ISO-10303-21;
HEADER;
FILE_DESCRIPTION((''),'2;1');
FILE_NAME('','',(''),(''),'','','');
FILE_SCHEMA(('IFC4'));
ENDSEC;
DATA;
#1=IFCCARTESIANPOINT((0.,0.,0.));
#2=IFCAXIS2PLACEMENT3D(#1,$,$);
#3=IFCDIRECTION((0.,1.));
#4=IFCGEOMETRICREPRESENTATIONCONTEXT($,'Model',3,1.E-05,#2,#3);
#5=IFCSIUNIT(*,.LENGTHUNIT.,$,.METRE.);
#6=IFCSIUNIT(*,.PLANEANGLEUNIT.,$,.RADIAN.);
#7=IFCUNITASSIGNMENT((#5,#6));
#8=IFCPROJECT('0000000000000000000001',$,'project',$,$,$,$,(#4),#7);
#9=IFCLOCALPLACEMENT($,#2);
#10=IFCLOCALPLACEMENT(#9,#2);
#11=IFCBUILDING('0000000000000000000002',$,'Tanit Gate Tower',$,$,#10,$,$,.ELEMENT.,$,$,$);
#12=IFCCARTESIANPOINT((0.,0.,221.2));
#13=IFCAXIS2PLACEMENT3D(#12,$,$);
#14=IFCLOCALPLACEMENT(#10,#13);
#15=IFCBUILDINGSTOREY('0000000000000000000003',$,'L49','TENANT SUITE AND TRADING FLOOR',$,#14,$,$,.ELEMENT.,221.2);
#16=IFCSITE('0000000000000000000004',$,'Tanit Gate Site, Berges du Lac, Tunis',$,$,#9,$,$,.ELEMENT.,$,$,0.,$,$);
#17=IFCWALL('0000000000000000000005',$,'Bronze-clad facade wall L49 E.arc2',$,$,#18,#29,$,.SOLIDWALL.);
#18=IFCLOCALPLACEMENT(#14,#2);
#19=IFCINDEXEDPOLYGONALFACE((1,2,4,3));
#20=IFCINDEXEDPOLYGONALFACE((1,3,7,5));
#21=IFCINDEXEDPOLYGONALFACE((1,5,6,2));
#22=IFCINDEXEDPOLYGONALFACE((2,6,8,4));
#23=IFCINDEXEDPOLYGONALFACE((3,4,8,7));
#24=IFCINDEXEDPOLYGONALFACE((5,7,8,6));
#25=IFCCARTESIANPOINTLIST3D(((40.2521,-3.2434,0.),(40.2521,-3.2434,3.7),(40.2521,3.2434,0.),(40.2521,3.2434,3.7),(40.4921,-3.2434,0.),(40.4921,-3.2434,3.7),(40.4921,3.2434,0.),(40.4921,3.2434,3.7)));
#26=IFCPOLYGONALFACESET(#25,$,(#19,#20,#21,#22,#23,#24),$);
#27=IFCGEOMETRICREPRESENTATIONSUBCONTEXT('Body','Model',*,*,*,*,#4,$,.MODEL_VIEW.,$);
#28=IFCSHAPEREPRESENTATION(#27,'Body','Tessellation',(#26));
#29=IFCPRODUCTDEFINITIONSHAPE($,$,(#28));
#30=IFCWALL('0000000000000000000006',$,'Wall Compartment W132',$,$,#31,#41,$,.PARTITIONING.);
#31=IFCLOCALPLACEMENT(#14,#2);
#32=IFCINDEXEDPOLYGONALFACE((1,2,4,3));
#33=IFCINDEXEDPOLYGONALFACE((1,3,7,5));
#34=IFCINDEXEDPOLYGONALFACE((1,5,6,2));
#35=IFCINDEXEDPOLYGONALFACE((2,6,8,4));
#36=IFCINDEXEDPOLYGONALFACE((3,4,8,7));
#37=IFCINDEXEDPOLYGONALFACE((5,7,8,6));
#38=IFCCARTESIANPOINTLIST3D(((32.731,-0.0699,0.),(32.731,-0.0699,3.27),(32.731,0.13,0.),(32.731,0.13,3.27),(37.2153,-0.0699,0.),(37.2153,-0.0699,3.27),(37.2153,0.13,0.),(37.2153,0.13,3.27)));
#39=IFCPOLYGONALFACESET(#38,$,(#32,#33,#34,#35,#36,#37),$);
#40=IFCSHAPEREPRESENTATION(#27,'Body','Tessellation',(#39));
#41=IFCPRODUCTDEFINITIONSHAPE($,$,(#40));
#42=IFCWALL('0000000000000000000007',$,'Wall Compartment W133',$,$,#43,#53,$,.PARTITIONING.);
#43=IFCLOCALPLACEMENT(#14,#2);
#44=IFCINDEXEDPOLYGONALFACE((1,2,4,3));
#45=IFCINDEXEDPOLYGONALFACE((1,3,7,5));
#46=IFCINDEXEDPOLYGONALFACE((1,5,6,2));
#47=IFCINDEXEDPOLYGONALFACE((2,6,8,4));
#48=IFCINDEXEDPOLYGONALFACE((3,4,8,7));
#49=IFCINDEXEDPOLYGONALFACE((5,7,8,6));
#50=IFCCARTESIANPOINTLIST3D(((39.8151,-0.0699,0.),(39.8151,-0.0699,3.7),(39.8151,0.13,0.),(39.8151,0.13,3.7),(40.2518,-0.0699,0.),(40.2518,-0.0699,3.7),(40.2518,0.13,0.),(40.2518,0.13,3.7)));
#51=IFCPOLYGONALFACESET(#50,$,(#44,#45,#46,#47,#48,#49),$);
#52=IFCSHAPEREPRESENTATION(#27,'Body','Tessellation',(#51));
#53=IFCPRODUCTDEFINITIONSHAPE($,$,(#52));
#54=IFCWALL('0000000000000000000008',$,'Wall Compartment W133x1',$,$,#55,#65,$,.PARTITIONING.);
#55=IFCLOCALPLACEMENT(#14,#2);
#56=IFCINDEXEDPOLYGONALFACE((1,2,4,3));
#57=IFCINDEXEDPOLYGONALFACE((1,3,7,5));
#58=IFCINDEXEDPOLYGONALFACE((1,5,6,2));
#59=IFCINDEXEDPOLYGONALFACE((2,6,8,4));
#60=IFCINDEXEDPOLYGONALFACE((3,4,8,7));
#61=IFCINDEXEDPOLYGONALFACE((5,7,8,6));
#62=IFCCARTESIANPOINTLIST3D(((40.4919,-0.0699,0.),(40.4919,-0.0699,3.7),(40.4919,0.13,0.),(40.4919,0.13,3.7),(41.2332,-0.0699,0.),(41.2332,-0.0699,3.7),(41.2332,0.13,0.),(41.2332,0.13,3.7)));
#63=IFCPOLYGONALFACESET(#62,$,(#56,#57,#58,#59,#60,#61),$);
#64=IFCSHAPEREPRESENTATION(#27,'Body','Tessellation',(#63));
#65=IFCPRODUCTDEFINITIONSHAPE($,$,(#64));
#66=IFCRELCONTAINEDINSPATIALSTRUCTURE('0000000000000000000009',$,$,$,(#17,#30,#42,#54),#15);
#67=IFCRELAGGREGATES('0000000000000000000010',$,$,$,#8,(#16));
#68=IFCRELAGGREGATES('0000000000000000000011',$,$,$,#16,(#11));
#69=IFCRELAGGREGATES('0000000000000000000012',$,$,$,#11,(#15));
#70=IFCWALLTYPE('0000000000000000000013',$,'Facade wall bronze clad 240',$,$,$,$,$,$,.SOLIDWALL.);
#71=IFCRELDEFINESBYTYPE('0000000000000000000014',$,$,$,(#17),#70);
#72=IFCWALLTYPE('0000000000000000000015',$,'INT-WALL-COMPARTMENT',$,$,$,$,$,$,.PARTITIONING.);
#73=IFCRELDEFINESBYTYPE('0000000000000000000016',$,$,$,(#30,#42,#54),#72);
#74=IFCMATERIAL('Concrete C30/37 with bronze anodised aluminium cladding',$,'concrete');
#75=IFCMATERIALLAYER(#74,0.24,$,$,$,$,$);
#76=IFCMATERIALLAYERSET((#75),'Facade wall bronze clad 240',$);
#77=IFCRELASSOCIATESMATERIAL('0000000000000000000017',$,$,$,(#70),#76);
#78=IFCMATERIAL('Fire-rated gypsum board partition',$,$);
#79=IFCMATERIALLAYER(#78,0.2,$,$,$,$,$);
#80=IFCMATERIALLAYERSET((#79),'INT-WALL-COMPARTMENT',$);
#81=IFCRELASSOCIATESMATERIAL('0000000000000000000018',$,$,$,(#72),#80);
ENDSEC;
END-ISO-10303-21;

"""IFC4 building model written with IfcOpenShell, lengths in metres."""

from ifc_helpers import new_model, si_unit, direction, frame, frame_2d, origin, place, context, subcontext, project, spatial, rectangle, extrude, material, layer, layer_set, type_object, element, save


model = new_model("IFC4")

# Units and contexts
model_context = context("Model", 3, precision=1e-05, world=origin(), true_north=direction((0.0, 1.0)))
body_context = subcontext(model_context, "Body", "Model", "MODEL_VIEW")
ifc_project = project(units=[si_unit("LENGTHUNIT", "METRE"), si_unit("PLANEANGLEUNIT", "RADIAN")], contexts=[model_context])

# Site, building, storey
site_placement = place(None, origin())
site = spatial("IfcSite", under=ifc_project, at=site_placement, Name="Tanit Gate Site, Berges du Lac, Tunis", CompositionType="ELEMENT", RefElevation=0.0)
building_placement = place(site_placement, origin())
building = spatial("IfcBuilding", under=site, at=building_placement, Name="Tanit Gate Tower", CompositionType="ELEMENT")
storey_placement = place(building_placement, frame((0.0, 0.0, 221.2)))
storey = spatial("IfcBuildingStorey", under=building, at=storey_placement, Name="L49", Description="TENANT SUITE AND TRADING FLOOR", CompositionType="ELEMENT", Elevation=221.2)

# Walls
ifc_material_1 = material(Name="Concrete C30/37 with bronze anodised aluminium cladding", Category="concrete")
ifc_layer_1 = layer(ifc_material_1, 0.24)
ifc_layer_set_1 = layer_set([ifc_layer_1], Name="Facade wall bronze clad 240")
wall_type_1 = type_object("IfcWallType", Name="Facade wall bronze clad 240", PredefinedType="SOLIDWALL", material=ifc_layer_set_1)
wall_1_placement = place(storey_placement, frame((40.3721, -3.2434, 0.0), z_axis=(0.0, 0.0, 1.0), x_axis=(0.0, 1.0, 0.0)))
element("IfcWall", 1, at=wall_1_placement, inside=storey, type_object=wall_type_1, Name="Bronze-clad facade wall L49 E.arc2", PredefinedType="SOLIDWALL", context=body_context, shape_type="SweptSolid", body=[
    extrude(rectangle(XDim=6.4868, YDim=0.24, at=frame_2d((3.2434, 0.0))), origin(), (0.0, 0.0, 1.0), 3.7),
])
ifc_material_2 = material(Name="Fire-rated gypsum board partition")
ifc_layer_2 = layer(ifc_material_2, 0.2)
ifc_layer_set_2 = layer_set([ifc_layer_2], Name="INT-WALL-COMPARTMENT")
wall_type_2 = type_object("IfcWallType", Name="INT-WALL-COMPARTMENT", PredefinedType="PARTITIONING", material=ifc_layer_set_2)
wall_2_placement = place(storey_placement, frame((32.731, 0.03, 0.0), z_axis=(0.0, 0.0, 1.0), x_axis=(1.0, 0.0, 0.0)))
element("IfcWall", 2, at=wall_2_placement, inside=storey, type_object=wall_type_2, Name="Wall Compartment W132", PredefinedType="PARTITIONING", context=body_context, shape_type="SweptSolid", body=[
    extrude(rectangle(XDim=4.4844, YDim=0.2, at=frame_2d((2.2422, 0.0))), origin(), (0.0, 0.0, 1.0), 3.27),
])
wall_3_placement = place(storey_placement, frame((39.8152, 0.03, 0.0), z_axis=(0.0, 0.0, 1.0), x_axis=(1.0, 0.0, 0.0)))
element("IfcWall", 3, at=wall_3_placement, inside=storey, type_object=wall_type_2, Name="Wall Compartment W133", PredefinedType="PARTITIONING", context=body_context, shape_type="SweptSolid", body=[
    extrude(rectangle(XDim=0.4368, YDim=0.2, at=frame_2d((0.2183, 0.0))), origin(), (0.0, 0.0, 1.0), 3.7),
])
wall_4_placement = place(storey_placement, frame((40.4919, 0.03, 0.0), z_axis=(0.0, 0.0, 1.0), x_axis=(1.0, 0.0, 0.0)))
element("IfcWall", 4, at=wall_4_placement, inside=storey, type_object=wall_type_2, Name="Wall Compartment W133x1", PredefinedType="PARTITIONING", context=body_context, shape_type="SweptSolid", body=[
    extrude(rectangle(XDim=0.7412, YDim=0.2, at=frame_2d((0.3706, 0.0))), origin(), (0.0, 0.0, 1.0), 3.7),
])

save(model, "model.ifc")
